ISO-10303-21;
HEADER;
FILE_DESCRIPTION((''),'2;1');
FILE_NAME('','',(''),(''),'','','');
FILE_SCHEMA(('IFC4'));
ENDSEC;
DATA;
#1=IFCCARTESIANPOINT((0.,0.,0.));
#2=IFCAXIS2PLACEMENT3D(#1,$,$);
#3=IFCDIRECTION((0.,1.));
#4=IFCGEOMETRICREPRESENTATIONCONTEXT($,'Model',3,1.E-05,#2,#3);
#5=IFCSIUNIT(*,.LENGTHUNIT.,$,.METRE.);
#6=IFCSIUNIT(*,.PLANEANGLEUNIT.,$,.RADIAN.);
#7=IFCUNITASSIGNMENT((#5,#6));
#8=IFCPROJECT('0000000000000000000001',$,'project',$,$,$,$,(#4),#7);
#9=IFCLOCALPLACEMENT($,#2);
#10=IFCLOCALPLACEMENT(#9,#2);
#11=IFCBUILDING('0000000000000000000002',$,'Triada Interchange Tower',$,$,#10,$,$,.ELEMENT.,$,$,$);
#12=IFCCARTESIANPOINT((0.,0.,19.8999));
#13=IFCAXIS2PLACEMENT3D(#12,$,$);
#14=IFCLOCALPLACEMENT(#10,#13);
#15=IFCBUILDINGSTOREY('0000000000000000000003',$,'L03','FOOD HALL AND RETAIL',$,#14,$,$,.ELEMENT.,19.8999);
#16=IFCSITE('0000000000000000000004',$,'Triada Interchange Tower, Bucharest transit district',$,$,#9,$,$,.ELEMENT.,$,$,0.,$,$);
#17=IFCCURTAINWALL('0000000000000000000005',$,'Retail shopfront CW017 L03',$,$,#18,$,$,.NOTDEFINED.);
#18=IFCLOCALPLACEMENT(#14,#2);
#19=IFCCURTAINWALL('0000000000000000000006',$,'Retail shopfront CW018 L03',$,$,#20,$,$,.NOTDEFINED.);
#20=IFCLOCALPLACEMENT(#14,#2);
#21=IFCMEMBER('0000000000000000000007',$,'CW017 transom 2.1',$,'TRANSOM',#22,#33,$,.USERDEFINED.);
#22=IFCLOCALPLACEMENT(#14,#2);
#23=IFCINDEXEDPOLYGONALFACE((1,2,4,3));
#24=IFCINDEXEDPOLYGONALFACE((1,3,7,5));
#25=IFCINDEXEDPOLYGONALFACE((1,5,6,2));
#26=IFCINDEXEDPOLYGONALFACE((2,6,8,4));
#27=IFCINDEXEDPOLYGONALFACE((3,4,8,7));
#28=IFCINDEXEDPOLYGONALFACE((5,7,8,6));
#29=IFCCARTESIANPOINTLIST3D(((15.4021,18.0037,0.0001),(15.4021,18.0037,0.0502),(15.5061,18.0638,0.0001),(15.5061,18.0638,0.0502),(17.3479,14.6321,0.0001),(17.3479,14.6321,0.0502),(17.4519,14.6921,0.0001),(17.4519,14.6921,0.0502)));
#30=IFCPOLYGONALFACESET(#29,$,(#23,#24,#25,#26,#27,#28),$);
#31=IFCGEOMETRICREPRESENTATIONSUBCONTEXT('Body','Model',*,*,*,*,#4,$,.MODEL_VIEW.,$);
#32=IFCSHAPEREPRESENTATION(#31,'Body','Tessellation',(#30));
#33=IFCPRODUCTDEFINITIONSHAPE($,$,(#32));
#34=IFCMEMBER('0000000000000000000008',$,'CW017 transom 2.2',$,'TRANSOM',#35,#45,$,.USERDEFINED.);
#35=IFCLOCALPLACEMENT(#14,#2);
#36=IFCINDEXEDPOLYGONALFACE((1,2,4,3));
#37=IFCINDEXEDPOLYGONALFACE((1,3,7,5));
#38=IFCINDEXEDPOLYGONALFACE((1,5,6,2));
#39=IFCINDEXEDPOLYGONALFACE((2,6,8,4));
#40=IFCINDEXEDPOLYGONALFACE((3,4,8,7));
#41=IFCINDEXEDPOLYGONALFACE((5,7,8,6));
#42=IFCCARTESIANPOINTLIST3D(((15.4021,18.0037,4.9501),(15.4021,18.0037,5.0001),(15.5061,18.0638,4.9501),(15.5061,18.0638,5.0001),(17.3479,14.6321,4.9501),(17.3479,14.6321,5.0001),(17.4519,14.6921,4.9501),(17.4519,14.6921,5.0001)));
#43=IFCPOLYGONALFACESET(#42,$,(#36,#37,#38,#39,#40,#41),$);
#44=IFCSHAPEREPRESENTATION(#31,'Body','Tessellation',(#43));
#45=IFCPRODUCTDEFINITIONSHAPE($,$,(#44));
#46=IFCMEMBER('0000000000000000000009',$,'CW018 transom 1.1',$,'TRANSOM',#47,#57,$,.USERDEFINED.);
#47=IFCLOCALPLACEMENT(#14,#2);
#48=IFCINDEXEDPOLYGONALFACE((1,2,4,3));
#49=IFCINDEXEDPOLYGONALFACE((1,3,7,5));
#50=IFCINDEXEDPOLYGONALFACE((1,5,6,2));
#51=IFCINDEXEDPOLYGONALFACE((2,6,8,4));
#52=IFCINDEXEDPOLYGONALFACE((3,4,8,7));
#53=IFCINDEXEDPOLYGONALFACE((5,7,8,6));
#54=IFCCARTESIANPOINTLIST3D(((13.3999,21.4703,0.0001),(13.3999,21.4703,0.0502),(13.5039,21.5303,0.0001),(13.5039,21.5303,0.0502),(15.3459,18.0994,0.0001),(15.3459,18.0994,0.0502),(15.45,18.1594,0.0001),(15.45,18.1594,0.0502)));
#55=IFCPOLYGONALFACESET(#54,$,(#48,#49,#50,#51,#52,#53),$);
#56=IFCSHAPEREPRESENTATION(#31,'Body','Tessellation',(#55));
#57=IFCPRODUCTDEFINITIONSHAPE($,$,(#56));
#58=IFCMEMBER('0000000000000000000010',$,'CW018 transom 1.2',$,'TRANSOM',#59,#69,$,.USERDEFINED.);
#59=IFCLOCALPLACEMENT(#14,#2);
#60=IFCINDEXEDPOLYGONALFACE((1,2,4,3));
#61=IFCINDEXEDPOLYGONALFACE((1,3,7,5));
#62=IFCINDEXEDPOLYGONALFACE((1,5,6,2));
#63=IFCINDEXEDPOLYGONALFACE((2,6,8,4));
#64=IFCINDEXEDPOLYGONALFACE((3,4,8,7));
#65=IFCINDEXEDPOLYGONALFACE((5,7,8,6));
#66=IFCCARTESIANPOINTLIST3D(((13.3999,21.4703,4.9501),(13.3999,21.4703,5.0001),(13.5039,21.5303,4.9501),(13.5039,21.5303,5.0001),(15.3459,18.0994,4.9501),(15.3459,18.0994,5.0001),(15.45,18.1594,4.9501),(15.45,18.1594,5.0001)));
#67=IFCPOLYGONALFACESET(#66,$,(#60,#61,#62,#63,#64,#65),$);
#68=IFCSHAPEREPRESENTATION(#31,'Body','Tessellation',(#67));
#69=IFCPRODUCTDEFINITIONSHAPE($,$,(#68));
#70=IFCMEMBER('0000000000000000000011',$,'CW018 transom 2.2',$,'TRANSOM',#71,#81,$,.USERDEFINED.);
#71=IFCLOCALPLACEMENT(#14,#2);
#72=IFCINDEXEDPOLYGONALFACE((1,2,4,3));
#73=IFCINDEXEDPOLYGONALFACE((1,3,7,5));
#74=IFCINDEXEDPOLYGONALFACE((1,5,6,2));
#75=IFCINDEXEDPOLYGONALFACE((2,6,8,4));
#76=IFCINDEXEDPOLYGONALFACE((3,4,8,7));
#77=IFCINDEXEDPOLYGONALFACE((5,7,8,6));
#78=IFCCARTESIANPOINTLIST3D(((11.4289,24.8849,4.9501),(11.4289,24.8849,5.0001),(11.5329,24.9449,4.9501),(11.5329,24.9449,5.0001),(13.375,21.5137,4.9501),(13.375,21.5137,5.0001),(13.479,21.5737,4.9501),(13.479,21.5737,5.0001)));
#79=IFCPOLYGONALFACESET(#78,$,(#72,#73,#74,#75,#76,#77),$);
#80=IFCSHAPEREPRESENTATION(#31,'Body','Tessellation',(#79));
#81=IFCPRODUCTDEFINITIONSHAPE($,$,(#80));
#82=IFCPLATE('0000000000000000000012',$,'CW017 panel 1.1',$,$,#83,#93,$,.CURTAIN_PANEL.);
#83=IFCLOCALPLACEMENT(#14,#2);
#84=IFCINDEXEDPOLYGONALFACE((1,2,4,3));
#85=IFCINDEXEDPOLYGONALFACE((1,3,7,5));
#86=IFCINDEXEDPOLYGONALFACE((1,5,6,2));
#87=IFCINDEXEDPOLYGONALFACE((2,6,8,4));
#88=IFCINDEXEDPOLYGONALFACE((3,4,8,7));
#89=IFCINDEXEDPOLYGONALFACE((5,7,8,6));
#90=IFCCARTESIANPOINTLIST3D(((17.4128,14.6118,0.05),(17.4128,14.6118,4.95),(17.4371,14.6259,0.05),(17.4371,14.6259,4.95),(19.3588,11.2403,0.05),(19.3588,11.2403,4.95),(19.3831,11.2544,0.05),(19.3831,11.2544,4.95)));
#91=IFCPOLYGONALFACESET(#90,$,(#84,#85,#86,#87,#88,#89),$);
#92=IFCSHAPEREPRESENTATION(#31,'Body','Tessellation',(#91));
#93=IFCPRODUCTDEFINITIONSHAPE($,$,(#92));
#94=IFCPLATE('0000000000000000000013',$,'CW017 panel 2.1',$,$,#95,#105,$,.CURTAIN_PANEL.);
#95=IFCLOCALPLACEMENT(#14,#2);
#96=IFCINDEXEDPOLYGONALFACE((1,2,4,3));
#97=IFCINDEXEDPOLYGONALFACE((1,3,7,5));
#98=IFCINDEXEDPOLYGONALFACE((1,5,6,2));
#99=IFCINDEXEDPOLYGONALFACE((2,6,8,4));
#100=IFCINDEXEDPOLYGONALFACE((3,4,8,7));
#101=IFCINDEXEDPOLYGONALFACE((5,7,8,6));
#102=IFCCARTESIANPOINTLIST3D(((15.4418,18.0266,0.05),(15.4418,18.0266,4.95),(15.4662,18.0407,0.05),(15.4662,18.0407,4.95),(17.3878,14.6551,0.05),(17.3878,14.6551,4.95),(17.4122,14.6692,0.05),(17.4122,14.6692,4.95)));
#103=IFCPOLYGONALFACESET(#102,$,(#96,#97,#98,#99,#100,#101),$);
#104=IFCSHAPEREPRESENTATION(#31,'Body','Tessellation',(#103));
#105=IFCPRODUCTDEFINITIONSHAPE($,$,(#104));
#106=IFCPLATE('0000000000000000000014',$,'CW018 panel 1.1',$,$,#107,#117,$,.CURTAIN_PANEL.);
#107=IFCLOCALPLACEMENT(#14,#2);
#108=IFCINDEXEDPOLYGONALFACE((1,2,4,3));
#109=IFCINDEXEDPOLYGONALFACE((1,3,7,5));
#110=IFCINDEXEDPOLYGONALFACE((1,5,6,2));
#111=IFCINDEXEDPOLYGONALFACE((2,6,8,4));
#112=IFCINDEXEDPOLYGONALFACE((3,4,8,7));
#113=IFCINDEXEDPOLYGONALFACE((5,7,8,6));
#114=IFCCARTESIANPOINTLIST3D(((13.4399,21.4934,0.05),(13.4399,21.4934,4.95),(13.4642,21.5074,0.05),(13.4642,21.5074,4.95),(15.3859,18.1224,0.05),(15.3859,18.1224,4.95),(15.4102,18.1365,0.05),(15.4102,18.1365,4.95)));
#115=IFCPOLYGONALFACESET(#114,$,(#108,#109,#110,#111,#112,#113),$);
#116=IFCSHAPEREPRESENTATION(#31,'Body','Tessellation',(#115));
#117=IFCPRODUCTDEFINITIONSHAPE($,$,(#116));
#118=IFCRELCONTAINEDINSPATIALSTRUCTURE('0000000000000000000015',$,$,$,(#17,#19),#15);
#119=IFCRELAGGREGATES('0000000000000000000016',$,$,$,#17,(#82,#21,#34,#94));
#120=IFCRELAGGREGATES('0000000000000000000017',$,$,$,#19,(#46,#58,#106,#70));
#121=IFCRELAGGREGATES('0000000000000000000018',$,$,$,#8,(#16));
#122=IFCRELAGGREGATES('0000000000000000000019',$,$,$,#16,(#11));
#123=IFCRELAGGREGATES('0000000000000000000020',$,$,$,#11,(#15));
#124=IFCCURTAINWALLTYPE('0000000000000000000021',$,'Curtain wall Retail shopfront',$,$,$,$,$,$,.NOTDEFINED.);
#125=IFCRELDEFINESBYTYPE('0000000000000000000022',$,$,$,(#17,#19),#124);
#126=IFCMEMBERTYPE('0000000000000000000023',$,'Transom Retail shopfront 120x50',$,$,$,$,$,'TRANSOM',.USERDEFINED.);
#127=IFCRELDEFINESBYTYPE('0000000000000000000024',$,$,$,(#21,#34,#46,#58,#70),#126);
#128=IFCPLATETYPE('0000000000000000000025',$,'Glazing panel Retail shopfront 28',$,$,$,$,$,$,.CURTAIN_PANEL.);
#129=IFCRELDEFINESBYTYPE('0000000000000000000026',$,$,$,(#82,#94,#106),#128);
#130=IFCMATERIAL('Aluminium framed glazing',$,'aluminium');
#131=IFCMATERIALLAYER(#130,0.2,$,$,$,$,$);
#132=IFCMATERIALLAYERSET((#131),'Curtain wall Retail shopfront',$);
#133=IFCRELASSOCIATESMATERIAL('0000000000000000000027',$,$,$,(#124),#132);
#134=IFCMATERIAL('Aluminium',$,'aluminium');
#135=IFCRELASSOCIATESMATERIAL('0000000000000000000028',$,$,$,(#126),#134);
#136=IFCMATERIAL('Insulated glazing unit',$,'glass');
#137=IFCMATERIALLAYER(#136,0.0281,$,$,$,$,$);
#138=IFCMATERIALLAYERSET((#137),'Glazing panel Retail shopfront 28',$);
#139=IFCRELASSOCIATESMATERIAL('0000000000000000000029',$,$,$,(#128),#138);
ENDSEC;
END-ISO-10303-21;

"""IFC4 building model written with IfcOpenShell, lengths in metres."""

from ifc_helpers import new_model, si_unit, direction, frame, origin, origin_2d, place, context, subcontext, project, spatial, rectangle, extrude, material, layer, layer_set, material_profile, profile_set, type_object, element, aggregate, save


model = new_model("IFC4")

# Units and contexts
model_context = context("Model", 3, precision=1e-05, world=origin(), true_north=direction((0.0, 1.0)))
body_context = subcontext(model_context, "Body", "Model", "MODEL_VIEW")
ifc_project = project(units=[si_unit("LENGTHUNIT", "METRE"), si_unit("PLANEANGLEUNIT", "RADIAN")], contexts=[model_context])

# Site, building, storey
site_placement = place(None, origin())
site = spatial("IfcSite", under=ifc_project, at=site_placement, Name="Triada Interchange Tower, Bucharest transit district", CompositionType="ELEMENT", RefElevation=0.0)
building_placement = place(site_placement, origin())
building = spatial("IfcBuilding", under=site, at=building_placement, Name="Triada Interchange Tower", CompositionType="ELEMENT")
storey_placement = place(building_placement, frame((0.0, 0.0, 19.8999)))
storey = spatial("IfcBuildingStorey", under=building, at=storey_placement, Name="L03", Description="FOOD HALL AND RETAIL", CompositionType="ELEMENT", Elevation=19.8999)

# Shared definitions
ifc_material_1 = material(Name="Aluminium framed glazing", Category="aluminium")
ifc_layer_1 = layer(ifc_material_1, 0.2)
ifc_layer_set_1 = layer_set([ifc_layer_1], Name="Curtain wall Retail shopfront")
curtain_wall_type = type_object("IfcCurtainWallType", Name="Curtain wall Retail shopfront", PredefinedType="NOTDEFINED", material=ifc_layer_set_1)
ifc_material_2 = material(Name="Aluminium", Category="aluminium")

# Curtain walls
curtain_wall_1_placement = place(storey_placement, origin())
curtain_wall_1 = element("IfcCurtainWall", 1, at=curtain_wall_1_placement, inside=storey, type_object=curtain_wall_type, Name="Retail shopfront CW017 L03", PredefinedType="NOTDEFINED")
curtain_wall_2_placement = place(storey_placement, origin())
curtain_wall_2 = element("IfcCurtainWall", 2, at=curtain_wall_2_placement, inside=storey, type_object=curtain_wall_type, Name="Retail shopfront CW018 L03", PredefinedType="NOTDEFINED")

# Members
ifc_material_profile_1 = material_profile(ifc_material_2, rectangle(XDim=0.1201, YDim=0.05, at=origin_2d()), Name="Aluminium transom")
ifc_profile_set_1 = profile_set([ifc_material_profile_1], Name="Aluminium")
member_type_1 = type_object("IfcMemberType", Name="Transom Retail shopfront 120x50", ElementType="TRANSOM", PredefinedType="USERDEFINED", material=ifc_profile_set_1)
member_1_placement = place(storey_placement, frame((17.3999, 14.6621, 0.0251), z_axis=(-0.499849, 0.866112, 0.0), x_axis=(-0.866112, -0.499849, 0.0)))
member_1 = element("IfcMember", 3, at=member_1_placement, type_object=member_type_1, Name="CW017 transom 2.1", ObjectType="TRANSOM", PredefinedType="USERDEFINED", context=body_context, shape_type="SweptSolid", body=[
    extrude(rectangle(XDim=0.1201, YDim=0.05, at=origin_2d()), origin(), (0.0, 0.0, 1.0), 3.8928),
])
member_2_placement = place(storey_placement, frame((17.3999, 14.6621, 4.9751), z_axis=(-0.499849, 0.866112, 0.0), x_axis=(-0.866112, -0.499849, 0.0)))
member_2 = element("IfcMember", 4, at=member_2_placement, type_object=member_type_1, Name="CW017 transom 2.2", ObjectType="TRANSOM", PredefinedType="USERDEFINED", context=body_context, shape_type="SweptSolid", body=[
    extrude(rectangle(XDim=0.1201, YDim=0.05, at=origin_2d()), origin(), (0.0, 0.0, 1.0), 3.8928),
])
member_3_placement = place(storey_placement, frame((15.3979, 18.1294, 0.0251), z_axis=(-0.499978, 0.866038, 0.0), x_axis=(-0.866038, -0.499978, 0.0)))
member_3 = element("IfcMember", 5, at=member_3_placement, type_object=member_type_1, Name="CW018 transom 1.1", ObjectType="TRANSOM", PredefinedType="USERDEFINED", context=body_context, shape_type="SweptSolid", body=[
    extrude(rectangle(XDim=0.1201, YDim=0.05, at=origin_2d()), origin(), (0.0, 0.0, 1.0), 3.8923),
])
member_4_placement = place(storey_placement, frame((15.3979, 18.1294, 4.9751), z_axis=(-0.499978, 0.866038, 0.0), x_axis=(-0.866038, -0.499978, 0.0)))
member_4 = element("IfcMember", 6, at=member_4_placement, type_object=member_type_1, Name="CW018 transom 1.2", ObjectType="TRANSOM", PredefinedType="USERDEFINED", context=body_context, shape_type="SweptSolid", body=[
    extrude(rectangle(XDim=0.1201, YDim=0.05, at=origin_2d()), origin(), (0.0, 0.0, 1.0), 3.8923),
])
member_5_placement = place(storey_placement, frame((13.427, 21.5437, 4.9751), z_axis=(-0.49995, 0.866054, 0.0), x_axis=(-0.866054, -0.49995, 0.0)))
member_5 = element("IfcMember", 7, at=member_5_placement, type_object=member_type_1, Name="CW018 transom 2.2", ObjectType="TRANSOM", PredefinedType="USERDEFINED", context=body_context, shape_type="SweptSolid", body=[
    extrude(rectangle(XDim=0.1201, YDim=0.05, at=origin_2d()), origin(), (0.0, 0.0, 1.0), 3.8926),
])

# Plates
ifc_material_3 = material(Name="Insulated glazing unit", Category="glass")
ifc_layer_2 = layer(ifc_material_3, 0.0281)
ifc_layer_set_2 = layer_set([ifc_layer_2], Name="Glazing panel Retail shopfront 28")
plate_type = type_object("IfcPlateType", Name="Glazing panel Retail shopfront 28", PredefinedType="CURTAIN_PANEL", material=ifc_layer_set_2)
plate_1_placement = place(storey_placement, frame((18.3979, 12.9331, 0.05), z_axis=(0.0, 0.0, 1.0), x_axis=(-0.499893, 0.866087, 0.0)))
plate_1 = element("IfcPlate", 8, at=plate_1_placement, type_object=plate_type, Name="CW017 panel 1.1", PredefinedType="CURTAIN_PANEL", context=body_context, shape_type="SweptSolid", body=[
    extrude(rectangle(XDim=3.8928, YDim=0.0281, at=origin_2d()), origin(), (0.0, 0.0, 1.0), 4.8999),
])
plate_2_placement = place(storey_placement, frame((16.427, 16.3479, 0.05), z_axis=(0.0, 0.0, 1.0), x_axis=(-0.499893, 0.866087, 0.0)))
plate_2 = element("IfcPlate", 9, at=plate_2_placement, type_object=plate_type, Name="CW017 panel 2.1", PredefinedType="CURTAIN_PANEL", context=body_context, shape_type="SweptSolid", body=[
    extrude(rectangle(XDim=3.8928, YDim=0.0281, at=origin_2d()), origin(), (0.0, 0.0, 1.0), 4.8999),
])
aggregate(curtain_wall_1, [plate_1, member_1, member_2, plate_2])
plate_3_placement = place(storey_placement, frame((14.425, 19.8149, 0.05), z_axis=(0.0, 0.0, 1.0), x_axis=(-0.499948, 0.866055, 0.0)))
plate_3 = element("IfcPlate", 10, at=plate_3_placement, type_object=plate_type, Name="CW018 panel 1.1", PredefinedType="CURTAIN_PANEL", context=body_context, shape_type="SweptSolid", body=[
    extrude(rectangle(XDim=3.8923, YDim=0.0281, at=origin_2d()), origin(), (0.0, 0.0, 1.0), 4.8999),
])
aggregate(curtain_wall_2, [member_3, member_4, plate_3, member_5])

save(model, "model.ifc")
